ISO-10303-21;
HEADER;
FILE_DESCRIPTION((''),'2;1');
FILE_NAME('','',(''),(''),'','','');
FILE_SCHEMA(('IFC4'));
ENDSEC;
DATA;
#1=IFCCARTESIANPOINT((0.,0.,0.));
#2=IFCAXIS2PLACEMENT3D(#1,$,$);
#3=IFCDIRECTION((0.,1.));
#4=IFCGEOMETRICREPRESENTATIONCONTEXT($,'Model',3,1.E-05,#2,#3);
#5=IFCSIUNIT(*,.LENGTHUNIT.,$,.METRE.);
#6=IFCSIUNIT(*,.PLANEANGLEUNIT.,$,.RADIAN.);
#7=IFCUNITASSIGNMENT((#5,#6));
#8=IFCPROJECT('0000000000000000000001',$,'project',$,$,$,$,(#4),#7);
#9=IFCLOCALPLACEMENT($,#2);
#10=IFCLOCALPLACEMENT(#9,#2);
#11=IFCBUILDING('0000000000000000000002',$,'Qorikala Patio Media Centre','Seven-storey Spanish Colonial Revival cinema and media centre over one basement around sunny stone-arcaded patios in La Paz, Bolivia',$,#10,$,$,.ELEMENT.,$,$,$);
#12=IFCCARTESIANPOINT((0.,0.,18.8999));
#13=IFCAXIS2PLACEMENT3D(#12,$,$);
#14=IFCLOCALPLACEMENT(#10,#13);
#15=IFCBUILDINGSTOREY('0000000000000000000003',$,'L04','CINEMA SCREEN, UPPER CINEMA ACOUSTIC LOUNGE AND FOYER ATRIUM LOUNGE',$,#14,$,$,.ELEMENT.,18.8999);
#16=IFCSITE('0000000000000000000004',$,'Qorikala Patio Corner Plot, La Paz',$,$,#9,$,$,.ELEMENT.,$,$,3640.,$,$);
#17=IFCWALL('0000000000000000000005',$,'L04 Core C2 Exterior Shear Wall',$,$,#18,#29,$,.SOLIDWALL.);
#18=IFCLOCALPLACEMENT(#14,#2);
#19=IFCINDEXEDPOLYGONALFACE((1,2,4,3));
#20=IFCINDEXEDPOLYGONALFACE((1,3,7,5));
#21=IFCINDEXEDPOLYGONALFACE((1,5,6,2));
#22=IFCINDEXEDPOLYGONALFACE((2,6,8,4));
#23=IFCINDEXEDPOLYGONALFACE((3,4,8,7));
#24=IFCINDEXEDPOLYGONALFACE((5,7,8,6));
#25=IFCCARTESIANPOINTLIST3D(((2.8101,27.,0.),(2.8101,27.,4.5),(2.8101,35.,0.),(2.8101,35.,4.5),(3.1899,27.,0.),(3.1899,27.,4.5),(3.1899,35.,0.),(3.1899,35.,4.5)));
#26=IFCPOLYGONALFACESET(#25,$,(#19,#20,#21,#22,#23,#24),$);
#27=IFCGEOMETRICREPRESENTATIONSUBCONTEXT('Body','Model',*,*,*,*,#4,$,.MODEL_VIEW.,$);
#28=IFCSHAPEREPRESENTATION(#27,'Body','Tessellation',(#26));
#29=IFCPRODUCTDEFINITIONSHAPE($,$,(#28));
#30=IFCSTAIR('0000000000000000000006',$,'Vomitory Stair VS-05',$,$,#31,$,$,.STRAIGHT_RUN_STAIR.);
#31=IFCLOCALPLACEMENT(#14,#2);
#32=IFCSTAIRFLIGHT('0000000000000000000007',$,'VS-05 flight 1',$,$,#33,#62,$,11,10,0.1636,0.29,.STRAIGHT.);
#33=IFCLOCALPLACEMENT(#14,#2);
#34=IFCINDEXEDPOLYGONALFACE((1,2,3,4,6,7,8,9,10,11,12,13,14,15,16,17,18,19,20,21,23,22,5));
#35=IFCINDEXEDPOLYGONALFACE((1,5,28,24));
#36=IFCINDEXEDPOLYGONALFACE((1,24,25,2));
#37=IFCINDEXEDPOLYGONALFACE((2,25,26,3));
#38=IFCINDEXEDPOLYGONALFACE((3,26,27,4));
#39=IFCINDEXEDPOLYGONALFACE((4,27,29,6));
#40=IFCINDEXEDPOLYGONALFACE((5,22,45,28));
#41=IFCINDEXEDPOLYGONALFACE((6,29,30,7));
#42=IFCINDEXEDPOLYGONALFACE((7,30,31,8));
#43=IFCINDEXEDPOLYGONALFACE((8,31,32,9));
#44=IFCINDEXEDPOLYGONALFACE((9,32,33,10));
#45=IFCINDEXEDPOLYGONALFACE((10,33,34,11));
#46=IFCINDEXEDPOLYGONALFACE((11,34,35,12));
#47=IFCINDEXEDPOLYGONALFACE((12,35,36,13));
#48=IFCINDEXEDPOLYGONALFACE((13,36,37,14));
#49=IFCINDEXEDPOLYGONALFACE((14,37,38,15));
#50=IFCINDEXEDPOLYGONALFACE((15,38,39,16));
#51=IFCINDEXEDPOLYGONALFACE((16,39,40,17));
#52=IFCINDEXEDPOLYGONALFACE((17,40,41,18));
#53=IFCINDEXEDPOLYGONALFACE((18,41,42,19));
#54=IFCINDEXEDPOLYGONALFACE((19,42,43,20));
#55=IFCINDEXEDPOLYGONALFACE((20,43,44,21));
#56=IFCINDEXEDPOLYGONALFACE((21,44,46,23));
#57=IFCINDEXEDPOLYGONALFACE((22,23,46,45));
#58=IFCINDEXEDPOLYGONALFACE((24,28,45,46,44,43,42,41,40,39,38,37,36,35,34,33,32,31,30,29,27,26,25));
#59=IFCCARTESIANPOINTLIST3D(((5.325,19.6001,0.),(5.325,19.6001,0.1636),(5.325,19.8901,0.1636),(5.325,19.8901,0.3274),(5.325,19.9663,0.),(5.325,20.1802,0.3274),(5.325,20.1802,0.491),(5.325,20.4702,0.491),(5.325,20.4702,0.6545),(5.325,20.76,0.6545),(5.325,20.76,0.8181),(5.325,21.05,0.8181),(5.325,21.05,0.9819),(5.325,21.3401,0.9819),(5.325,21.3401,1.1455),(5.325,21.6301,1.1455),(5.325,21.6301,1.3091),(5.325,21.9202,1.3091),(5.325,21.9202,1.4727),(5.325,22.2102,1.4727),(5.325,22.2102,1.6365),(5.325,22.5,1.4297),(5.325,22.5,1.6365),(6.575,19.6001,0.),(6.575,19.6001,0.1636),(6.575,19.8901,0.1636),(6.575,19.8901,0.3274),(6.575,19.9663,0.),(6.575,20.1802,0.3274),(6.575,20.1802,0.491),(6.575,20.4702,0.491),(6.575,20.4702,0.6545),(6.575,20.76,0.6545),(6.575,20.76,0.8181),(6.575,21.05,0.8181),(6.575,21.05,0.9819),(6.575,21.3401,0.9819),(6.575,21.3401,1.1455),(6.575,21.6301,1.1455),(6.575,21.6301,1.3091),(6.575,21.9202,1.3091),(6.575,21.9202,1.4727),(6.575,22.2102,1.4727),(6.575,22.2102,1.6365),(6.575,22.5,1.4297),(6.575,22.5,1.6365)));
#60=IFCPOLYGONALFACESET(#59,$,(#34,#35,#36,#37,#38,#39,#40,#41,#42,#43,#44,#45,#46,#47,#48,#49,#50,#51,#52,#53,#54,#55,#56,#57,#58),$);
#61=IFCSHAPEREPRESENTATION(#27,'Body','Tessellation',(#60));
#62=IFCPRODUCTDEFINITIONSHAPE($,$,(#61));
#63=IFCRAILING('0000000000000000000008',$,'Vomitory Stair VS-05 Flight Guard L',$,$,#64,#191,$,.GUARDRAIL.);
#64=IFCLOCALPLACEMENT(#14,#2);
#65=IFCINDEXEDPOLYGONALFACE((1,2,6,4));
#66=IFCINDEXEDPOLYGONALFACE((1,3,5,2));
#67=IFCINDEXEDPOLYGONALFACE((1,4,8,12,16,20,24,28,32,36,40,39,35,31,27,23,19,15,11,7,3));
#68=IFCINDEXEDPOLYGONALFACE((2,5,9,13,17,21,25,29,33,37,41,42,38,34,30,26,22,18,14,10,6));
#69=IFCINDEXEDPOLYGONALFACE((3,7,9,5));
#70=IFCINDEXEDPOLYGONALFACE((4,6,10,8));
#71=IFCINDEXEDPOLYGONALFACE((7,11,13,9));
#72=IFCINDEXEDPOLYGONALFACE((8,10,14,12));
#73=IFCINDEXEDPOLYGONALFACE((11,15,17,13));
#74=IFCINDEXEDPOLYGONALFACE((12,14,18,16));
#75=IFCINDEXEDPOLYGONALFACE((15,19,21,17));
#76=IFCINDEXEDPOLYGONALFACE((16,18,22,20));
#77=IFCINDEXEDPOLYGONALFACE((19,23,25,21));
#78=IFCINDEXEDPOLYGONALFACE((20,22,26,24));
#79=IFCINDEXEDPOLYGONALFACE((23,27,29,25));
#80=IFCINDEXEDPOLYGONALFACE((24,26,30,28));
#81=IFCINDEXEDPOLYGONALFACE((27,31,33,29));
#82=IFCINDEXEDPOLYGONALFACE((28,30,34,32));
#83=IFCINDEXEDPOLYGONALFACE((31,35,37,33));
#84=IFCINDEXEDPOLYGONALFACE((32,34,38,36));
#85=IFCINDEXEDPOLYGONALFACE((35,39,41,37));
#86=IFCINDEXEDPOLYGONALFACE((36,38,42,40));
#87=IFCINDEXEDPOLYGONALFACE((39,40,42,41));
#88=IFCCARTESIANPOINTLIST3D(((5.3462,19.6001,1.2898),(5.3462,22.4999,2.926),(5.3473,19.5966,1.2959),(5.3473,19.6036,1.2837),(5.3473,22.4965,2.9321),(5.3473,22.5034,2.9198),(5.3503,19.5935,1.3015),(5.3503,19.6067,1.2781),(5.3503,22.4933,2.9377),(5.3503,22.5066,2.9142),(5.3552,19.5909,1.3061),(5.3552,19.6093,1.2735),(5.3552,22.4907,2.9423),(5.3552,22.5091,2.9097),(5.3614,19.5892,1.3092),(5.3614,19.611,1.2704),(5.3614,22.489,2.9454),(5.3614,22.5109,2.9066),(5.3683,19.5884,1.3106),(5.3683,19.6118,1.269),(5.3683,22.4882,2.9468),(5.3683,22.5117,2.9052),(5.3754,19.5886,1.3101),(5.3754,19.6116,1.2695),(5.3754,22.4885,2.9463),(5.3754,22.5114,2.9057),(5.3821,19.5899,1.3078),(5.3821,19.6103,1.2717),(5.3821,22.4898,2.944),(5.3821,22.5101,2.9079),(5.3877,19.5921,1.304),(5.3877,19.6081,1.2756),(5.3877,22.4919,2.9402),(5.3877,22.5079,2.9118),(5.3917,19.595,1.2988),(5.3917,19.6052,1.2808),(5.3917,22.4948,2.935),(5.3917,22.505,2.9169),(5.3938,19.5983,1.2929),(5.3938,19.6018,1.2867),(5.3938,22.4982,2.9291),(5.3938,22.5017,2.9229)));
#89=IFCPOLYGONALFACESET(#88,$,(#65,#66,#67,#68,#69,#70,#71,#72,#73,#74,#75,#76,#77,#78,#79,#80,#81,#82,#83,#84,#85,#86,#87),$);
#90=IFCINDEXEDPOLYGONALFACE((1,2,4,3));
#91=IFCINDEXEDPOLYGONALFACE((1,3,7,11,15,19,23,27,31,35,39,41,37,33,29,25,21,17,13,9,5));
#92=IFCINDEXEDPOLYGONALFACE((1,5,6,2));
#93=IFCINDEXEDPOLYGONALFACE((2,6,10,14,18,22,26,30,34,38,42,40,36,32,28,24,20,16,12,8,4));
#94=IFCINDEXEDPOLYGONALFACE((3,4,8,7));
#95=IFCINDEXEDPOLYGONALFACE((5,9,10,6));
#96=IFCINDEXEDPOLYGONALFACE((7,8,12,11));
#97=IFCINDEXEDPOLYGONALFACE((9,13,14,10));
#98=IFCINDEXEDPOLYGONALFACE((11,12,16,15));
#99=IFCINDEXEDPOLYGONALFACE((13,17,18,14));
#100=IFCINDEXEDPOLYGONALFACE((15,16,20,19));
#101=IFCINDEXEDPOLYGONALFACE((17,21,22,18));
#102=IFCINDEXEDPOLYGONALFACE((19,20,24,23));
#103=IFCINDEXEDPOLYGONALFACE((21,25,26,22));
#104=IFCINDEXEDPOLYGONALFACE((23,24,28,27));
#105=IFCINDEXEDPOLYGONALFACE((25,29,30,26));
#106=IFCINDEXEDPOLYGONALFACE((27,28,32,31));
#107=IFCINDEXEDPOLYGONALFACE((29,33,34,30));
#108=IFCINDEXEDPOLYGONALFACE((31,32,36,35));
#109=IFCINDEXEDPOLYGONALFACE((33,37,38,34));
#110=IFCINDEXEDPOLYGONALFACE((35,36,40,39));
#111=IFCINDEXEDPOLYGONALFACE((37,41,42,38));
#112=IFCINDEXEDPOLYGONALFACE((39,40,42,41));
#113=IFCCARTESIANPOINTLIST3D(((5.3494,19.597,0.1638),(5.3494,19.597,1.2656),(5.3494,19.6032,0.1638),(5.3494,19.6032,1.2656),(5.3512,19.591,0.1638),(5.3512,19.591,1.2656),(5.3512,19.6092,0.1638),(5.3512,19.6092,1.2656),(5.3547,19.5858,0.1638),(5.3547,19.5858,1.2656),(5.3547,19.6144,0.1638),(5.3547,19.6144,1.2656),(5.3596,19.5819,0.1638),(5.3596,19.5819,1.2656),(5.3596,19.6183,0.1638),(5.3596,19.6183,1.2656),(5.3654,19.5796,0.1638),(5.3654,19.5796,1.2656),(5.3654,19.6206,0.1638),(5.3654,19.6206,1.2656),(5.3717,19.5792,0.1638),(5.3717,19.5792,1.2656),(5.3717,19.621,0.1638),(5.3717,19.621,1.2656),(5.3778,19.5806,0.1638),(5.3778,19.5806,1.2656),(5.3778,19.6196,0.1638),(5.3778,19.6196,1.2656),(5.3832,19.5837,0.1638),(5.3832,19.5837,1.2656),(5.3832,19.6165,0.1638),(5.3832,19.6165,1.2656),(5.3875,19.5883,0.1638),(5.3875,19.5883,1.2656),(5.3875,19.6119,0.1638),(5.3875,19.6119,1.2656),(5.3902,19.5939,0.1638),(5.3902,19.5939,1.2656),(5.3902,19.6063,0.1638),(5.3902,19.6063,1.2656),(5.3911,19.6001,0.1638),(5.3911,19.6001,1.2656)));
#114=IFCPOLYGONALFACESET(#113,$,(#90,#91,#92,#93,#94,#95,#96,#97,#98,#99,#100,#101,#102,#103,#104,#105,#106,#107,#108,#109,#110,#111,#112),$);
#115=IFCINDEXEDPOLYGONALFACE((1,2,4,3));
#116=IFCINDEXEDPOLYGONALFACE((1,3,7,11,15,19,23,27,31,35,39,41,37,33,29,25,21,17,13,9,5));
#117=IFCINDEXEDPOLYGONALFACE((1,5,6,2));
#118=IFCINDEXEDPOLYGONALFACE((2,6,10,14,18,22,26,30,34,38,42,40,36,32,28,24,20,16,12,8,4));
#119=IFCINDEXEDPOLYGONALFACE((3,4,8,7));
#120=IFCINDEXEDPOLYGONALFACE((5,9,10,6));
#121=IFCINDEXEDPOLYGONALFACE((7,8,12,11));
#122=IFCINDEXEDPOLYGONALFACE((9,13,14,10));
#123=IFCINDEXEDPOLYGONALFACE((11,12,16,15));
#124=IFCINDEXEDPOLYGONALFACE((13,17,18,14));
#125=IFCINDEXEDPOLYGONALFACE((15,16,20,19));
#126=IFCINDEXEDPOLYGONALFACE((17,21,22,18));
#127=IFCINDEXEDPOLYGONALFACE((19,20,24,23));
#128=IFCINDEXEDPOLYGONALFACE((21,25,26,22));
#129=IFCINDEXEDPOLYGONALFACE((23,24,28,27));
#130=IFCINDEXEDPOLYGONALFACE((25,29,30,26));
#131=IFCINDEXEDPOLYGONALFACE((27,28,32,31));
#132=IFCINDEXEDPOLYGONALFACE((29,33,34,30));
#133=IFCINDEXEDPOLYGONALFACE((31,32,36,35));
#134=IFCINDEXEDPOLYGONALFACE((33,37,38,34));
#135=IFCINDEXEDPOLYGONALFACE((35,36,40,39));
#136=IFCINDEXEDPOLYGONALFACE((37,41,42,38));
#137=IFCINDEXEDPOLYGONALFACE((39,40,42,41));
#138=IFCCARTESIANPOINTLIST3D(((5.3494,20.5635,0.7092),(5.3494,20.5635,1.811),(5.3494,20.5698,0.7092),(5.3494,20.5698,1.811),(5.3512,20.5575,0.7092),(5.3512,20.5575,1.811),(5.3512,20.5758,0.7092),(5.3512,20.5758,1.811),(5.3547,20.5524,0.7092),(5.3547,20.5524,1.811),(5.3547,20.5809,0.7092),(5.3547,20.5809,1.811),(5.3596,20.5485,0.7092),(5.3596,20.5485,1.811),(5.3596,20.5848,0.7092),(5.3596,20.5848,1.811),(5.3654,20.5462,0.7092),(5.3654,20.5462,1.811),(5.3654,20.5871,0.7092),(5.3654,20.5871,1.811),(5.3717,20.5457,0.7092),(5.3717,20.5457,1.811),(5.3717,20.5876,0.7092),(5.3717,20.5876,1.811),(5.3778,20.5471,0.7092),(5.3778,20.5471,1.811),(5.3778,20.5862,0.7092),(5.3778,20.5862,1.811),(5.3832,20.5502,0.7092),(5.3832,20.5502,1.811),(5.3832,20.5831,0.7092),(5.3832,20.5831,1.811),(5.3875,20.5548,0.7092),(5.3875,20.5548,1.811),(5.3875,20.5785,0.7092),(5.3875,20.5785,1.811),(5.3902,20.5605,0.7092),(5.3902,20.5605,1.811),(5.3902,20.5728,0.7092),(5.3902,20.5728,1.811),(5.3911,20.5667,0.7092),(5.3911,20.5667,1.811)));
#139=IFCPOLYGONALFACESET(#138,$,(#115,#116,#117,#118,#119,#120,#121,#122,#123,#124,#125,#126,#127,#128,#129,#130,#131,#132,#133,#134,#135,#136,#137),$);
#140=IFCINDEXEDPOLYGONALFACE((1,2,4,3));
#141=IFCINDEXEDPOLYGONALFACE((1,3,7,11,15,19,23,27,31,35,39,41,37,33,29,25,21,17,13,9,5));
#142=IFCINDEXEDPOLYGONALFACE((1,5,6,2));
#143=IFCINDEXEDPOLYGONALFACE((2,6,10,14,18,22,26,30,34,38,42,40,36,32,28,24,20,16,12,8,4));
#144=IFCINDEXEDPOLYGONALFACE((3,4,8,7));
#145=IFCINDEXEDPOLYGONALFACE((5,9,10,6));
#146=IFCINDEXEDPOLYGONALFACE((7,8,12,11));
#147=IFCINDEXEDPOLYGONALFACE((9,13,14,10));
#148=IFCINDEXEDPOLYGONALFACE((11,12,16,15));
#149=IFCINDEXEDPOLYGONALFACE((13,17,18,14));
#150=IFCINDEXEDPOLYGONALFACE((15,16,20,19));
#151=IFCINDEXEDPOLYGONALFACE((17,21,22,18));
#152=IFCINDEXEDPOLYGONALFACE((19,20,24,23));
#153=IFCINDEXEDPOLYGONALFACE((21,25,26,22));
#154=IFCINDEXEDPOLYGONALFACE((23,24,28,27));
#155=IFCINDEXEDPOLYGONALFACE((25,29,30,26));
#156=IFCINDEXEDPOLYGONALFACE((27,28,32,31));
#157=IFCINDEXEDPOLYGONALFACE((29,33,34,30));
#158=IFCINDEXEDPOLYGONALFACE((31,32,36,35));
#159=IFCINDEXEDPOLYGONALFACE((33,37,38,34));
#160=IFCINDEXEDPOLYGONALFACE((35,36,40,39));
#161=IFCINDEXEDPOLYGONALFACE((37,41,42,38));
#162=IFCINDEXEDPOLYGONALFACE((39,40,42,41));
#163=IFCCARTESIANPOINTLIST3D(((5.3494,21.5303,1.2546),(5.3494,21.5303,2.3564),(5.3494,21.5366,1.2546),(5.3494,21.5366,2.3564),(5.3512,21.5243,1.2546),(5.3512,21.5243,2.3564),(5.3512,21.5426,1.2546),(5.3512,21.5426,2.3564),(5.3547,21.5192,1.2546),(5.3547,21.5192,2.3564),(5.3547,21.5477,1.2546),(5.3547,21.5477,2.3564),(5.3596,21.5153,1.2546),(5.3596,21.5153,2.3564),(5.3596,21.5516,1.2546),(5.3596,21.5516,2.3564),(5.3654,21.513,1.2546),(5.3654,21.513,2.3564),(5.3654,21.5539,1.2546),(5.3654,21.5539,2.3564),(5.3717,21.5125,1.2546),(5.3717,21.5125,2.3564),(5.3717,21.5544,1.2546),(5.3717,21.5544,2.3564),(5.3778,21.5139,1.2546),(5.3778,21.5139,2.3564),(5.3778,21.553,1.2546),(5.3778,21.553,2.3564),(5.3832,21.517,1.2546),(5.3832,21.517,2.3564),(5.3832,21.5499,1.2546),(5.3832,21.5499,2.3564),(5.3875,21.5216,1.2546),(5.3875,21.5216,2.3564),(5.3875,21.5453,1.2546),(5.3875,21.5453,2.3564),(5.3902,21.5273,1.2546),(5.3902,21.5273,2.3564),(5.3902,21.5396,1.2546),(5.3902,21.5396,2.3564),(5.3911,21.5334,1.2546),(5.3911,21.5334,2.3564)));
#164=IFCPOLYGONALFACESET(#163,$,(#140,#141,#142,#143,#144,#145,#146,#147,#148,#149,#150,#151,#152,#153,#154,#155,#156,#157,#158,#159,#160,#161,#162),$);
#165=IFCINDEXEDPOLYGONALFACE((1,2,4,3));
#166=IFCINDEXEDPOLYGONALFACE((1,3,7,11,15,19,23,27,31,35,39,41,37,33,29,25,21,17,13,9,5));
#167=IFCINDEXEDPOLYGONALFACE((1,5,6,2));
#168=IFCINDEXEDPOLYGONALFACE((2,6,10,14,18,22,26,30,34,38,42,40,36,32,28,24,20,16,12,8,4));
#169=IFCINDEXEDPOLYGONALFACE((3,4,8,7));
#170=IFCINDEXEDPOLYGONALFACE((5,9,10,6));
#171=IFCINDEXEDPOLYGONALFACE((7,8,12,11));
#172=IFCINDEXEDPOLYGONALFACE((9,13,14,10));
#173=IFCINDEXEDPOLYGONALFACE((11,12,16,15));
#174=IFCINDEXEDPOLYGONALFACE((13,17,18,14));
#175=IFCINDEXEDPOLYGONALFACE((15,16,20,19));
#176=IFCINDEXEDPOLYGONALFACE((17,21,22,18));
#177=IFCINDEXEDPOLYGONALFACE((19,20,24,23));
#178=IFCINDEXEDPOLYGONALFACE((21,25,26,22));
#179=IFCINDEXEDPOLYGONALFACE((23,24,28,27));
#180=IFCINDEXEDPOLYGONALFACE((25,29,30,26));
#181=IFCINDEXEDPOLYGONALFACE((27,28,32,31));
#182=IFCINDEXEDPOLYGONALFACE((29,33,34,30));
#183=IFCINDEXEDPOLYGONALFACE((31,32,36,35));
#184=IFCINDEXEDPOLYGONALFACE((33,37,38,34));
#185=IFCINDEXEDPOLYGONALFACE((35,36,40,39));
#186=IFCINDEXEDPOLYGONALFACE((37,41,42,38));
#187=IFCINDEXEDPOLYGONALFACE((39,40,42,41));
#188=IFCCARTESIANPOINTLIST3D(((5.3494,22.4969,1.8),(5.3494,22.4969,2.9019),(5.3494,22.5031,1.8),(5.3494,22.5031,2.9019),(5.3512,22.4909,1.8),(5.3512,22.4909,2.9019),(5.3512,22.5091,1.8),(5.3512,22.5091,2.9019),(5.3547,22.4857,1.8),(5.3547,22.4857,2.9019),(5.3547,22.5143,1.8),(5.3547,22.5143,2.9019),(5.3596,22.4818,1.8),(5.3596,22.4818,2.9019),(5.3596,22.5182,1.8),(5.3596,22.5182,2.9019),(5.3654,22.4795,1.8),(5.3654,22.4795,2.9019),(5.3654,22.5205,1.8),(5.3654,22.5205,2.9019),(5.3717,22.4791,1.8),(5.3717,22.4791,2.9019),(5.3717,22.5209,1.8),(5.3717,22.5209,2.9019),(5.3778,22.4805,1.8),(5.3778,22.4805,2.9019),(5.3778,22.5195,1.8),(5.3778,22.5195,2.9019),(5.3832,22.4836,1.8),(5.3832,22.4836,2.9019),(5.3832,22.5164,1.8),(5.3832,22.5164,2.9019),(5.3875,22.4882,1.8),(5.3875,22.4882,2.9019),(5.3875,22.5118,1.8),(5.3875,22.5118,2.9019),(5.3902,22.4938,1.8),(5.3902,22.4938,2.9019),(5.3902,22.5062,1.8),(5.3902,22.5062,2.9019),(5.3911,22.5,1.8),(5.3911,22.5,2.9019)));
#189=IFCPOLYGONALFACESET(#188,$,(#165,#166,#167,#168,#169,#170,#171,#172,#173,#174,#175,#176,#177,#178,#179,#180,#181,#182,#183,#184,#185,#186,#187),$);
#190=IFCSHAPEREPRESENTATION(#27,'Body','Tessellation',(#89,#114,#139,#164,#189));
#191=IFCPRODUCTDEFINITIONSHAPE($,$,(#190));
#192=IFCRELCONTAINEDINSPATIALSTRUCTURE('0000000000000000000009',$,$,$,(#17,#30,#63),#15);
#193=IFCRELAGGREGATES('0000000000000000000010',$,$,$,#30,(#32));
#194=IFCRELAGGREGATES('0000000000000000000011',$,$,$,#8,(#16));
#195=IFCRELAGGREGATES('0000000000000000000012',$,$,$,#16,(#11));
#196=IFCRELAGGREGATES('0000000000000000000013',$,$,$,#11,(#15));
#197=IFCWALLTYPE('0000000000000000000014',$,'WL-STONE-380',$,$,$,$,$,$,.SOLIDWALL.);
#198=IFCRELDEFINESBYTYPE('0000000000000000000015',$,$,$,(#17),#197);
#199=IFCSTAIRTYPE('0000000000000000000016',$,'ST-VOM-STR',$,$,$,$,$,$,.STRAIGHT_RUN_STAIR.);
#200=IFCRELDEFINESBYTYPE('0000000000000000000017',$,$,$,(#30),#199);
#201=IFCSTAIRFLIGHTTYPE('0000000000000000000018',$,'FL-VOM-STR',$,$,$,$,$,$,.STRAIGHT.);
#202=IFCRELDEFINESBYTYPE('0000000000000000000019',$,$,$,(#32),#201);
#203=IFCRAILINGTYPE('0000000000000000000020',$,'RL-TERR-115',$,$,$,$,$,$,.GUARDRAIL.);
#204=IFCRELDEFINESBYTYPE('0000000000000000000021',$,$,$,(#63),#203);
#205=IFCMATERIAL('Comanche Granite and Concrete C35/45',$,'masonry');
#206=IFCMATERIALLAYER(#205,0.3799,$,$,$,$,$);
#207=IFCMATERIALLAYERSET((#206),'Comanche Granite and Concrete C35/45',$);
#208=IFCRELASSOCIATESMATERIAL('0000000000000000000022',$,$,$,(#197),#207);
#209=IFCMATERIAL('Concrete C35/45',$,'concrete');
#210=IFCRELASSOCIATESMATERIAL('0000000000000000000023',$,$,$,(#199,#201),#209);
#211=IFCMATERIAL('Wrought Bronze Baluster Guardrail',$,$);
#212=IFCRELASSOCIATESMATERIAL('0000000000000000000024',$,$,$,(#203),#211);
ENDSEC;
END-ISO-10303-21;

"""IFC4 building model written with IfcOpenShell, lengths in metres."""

from ifc_helpers import new_model, si_unit, direction, frame, frame_2d, origin, origin_2d, place, context, subcontext, project, spatial, polyline, rectangle, circle, outline, extrude, material, layer, layer_set, type_object, element, aggregate, save


model = new_model("IFC4")

# Units and contexts
model_context = context("Model", 3, precision=1e-05, world=origin(), true_north=direction((0.0, 1.0)))
body_context = subcontext(model_context, "Body", "Model", "MODEL_VIEW")
ifc_project = project(units=[si_unit("LENGTHUNIT", "METRE"), si_unit("PLANEANGLEUNIT", "RADIAN")], contexts=[model_context])

# Site, building, storey
site_placement = place(None, origin())
site = spatial("IfcSite", under=ifc_project, at=site_placement, Name="Qorikala Patio Corner Plot, La Paz", CompositionType="ELEMENT", RefElevation=3640.0)
building_placement = place(site_placement, origin())
building = spatial("IfcBuilding", under=site, at=building_placement, Name="Qorikala Patio Media Centre", Description="Seven-storey Spanish Colonial Revival cinema and media centre over one basement around sunny stone-arcaded patios in La Paz, Bolivia", CompositionType="ELEMENT")
storey_placement = place(building_placement, frame((0.0, 0.0, 18.8999)))
storey = spatial("IfcBuildingStorey", under=building, at=storey_placement, Name="L04", Description="CINEMA SCREEN, UPPER CINEMA ACOUSTIC LOUNGE AND FOYER ATRIUM LOUNGE", CompositionType="ELEMENT", Elevation=18.8999)

# Shared definitions
ifc_material_1 = material(Name="Concrete C35/45", Category="concrete")

# Shared definitions
ifc_material_2 = material(Name="Comanche Granite and Concrete C35/45", Category="masonry")
ifc_layer_1 = layer(ifc_material_2, 0.3799)
ifc_layer_set_1 = layer_set([ifc_layer_1], Name="Comanche Granite and Concrete C35/45")
wall_type_1 = type_object("IfcWallType", Name="WL-STONE-380", PredefinedType="SOLIDWALL", material=ifc_layer_set_1)

# Wall
wall_1_placement = place(storey_placement, frame((3.0, 27.0, 0.0), z_axis=(0.0, 0.0, 1.0), x_axis=(0.0, 1.0, 0.0)))
element("IfcWall", 1, at=wall_1_placement, inside=storey, type_object=wall_type_1, Name="L04 Core C2 Exterior Shear Wall", PredefinedType="SOLIDWALL", context=body_context, shape_type="SweptSolid", body=[
    extrude(rectangle(XDim=8.0, YDim=0.3799, at=frame_2d((4.0, 0.0))), origin(), (0.0, 0.0, 1.0), 4.5),
])

# Stair, stair flight
stair_type = type_object("IfcStairType", Name="ST-VOM-STR", PredefinedType="STRAIGHT_RUN_STAIR", material=ifc_material_1)
stair_placement = place(storey_placement, origin())
stair = element("IfcStair", 2, at=stair_placement, inside=storey, type_object=stair_type, Name="Vomitory Stair VS-05", PredefinedType="STRAIGHT_RUN_STAIR")
stair_flight_type = type_object("IfcStairFlightType", Name="FL-VOM-STR", PredefinedType="STRAIGHT", material=ifc_material_1)
stair_flight_placement = place(storey_placement, frame((5.95, 19.6001, 0.0), z_axis=(0.0, 0.0, 1.0), x_axis=(0.0, 1.0, 0.0)))
stair_flight = element("IfcStairFlight", 3, at=stair_flight_placement, type_object=stair_flight_type, Name="VS-05 flight 1", NumberOfRisers=11, NumberOfTreads=10, PredefinedType="STRAIGHT", RiserHeight=0.1636, TreadLength=0.29, context=body_context, shape_type="SweptSolid", body=[
    extrude(outline(polyline([(0.0, 0.0), (0.0, 0.1636), (0.29, 0.1636), (0.29, 0.3274), (0.5801, 0.3274), (0.5801, 0.491), (0.8701, 0.491), (0.8701, 0.6545), (1.1599, 0.6545), (1.1599, 0.8181), (1.45, 0.8181), (1.45, 0.9819), (1.74, 0.9819), (1.74, 1.1455), (2.03, 1.1455), (2.03, 1.3091), (2.3201, 1.3091), (2.3201, 1.4727), (2.6101, 1.4727), (2.6101, 1.6365), (2.8999, 1.6365), (2.8999, 1.8), (2.8999, 1.4297), (0.3662, 0.0), (0.0, 0.0)])), frame((0.0, 0.625, 0.0), z_axis=(0.0, -1.0, 0.0), x_axis=(1.0, 0.0, 0.0)), (0.0, 0.0, 1.0), 1.25),
])
aggregate(stair, [stair_flight])

# Railing
ifc_material_3 = material(Name="Wrought Bronze Baluster Guardrail")
railing_type = type_object("IfcRailingType", Name="RL-TERR-115", PredefinedType="GUARDRAIL", material=ifc_material_3)
for number, where, name in (
    (4, (5.3701, 19.6001, 0.1638), "Vomitory Stair VS-05 Flight Guard L"),
):
    element("IfcRailing", number, at=place(storey_placement, frame(where)), inside=storey, type_object=railing_type, Name=name, PredefinedType="GUARDRAIL", context=body_context, shape_type="SweptSolid", body=[
        extrude(circle(Radius=0.0239, at=origin_2d()), frame((0.0, 0.0, 1.126), z_axis=(0.0, 0.870929, 0.49141), x_axis=(-1.0, 0.0, 0.0)), (0.0, 0.0, 1.0), 3.3296),
        extrude(circle(Radius=0.021, at=origin_2d()), origin(), (0.0, 0.0, 1.0), 1.1018),
        extrude(circle(Radius=0.021, at=origin_2d()), frame((0.0, 0.9666, 0.5454)), (0.0, 0.0, 1.0), 1.1018),
        extrude(circle(Radius=0.021, at=origin_2d()), frame((0.0, 1.9333, 1.0908)), (0.0, 0.0, 1.0), 1.1018),
        extrude(circle(Radius=0.021, at=origin_2d()), frame((0.0, 2.8999, 1.6362)), (0.0, 0.0, 1.0), 1.1018),
    ])

save(model, "model.ifc")
